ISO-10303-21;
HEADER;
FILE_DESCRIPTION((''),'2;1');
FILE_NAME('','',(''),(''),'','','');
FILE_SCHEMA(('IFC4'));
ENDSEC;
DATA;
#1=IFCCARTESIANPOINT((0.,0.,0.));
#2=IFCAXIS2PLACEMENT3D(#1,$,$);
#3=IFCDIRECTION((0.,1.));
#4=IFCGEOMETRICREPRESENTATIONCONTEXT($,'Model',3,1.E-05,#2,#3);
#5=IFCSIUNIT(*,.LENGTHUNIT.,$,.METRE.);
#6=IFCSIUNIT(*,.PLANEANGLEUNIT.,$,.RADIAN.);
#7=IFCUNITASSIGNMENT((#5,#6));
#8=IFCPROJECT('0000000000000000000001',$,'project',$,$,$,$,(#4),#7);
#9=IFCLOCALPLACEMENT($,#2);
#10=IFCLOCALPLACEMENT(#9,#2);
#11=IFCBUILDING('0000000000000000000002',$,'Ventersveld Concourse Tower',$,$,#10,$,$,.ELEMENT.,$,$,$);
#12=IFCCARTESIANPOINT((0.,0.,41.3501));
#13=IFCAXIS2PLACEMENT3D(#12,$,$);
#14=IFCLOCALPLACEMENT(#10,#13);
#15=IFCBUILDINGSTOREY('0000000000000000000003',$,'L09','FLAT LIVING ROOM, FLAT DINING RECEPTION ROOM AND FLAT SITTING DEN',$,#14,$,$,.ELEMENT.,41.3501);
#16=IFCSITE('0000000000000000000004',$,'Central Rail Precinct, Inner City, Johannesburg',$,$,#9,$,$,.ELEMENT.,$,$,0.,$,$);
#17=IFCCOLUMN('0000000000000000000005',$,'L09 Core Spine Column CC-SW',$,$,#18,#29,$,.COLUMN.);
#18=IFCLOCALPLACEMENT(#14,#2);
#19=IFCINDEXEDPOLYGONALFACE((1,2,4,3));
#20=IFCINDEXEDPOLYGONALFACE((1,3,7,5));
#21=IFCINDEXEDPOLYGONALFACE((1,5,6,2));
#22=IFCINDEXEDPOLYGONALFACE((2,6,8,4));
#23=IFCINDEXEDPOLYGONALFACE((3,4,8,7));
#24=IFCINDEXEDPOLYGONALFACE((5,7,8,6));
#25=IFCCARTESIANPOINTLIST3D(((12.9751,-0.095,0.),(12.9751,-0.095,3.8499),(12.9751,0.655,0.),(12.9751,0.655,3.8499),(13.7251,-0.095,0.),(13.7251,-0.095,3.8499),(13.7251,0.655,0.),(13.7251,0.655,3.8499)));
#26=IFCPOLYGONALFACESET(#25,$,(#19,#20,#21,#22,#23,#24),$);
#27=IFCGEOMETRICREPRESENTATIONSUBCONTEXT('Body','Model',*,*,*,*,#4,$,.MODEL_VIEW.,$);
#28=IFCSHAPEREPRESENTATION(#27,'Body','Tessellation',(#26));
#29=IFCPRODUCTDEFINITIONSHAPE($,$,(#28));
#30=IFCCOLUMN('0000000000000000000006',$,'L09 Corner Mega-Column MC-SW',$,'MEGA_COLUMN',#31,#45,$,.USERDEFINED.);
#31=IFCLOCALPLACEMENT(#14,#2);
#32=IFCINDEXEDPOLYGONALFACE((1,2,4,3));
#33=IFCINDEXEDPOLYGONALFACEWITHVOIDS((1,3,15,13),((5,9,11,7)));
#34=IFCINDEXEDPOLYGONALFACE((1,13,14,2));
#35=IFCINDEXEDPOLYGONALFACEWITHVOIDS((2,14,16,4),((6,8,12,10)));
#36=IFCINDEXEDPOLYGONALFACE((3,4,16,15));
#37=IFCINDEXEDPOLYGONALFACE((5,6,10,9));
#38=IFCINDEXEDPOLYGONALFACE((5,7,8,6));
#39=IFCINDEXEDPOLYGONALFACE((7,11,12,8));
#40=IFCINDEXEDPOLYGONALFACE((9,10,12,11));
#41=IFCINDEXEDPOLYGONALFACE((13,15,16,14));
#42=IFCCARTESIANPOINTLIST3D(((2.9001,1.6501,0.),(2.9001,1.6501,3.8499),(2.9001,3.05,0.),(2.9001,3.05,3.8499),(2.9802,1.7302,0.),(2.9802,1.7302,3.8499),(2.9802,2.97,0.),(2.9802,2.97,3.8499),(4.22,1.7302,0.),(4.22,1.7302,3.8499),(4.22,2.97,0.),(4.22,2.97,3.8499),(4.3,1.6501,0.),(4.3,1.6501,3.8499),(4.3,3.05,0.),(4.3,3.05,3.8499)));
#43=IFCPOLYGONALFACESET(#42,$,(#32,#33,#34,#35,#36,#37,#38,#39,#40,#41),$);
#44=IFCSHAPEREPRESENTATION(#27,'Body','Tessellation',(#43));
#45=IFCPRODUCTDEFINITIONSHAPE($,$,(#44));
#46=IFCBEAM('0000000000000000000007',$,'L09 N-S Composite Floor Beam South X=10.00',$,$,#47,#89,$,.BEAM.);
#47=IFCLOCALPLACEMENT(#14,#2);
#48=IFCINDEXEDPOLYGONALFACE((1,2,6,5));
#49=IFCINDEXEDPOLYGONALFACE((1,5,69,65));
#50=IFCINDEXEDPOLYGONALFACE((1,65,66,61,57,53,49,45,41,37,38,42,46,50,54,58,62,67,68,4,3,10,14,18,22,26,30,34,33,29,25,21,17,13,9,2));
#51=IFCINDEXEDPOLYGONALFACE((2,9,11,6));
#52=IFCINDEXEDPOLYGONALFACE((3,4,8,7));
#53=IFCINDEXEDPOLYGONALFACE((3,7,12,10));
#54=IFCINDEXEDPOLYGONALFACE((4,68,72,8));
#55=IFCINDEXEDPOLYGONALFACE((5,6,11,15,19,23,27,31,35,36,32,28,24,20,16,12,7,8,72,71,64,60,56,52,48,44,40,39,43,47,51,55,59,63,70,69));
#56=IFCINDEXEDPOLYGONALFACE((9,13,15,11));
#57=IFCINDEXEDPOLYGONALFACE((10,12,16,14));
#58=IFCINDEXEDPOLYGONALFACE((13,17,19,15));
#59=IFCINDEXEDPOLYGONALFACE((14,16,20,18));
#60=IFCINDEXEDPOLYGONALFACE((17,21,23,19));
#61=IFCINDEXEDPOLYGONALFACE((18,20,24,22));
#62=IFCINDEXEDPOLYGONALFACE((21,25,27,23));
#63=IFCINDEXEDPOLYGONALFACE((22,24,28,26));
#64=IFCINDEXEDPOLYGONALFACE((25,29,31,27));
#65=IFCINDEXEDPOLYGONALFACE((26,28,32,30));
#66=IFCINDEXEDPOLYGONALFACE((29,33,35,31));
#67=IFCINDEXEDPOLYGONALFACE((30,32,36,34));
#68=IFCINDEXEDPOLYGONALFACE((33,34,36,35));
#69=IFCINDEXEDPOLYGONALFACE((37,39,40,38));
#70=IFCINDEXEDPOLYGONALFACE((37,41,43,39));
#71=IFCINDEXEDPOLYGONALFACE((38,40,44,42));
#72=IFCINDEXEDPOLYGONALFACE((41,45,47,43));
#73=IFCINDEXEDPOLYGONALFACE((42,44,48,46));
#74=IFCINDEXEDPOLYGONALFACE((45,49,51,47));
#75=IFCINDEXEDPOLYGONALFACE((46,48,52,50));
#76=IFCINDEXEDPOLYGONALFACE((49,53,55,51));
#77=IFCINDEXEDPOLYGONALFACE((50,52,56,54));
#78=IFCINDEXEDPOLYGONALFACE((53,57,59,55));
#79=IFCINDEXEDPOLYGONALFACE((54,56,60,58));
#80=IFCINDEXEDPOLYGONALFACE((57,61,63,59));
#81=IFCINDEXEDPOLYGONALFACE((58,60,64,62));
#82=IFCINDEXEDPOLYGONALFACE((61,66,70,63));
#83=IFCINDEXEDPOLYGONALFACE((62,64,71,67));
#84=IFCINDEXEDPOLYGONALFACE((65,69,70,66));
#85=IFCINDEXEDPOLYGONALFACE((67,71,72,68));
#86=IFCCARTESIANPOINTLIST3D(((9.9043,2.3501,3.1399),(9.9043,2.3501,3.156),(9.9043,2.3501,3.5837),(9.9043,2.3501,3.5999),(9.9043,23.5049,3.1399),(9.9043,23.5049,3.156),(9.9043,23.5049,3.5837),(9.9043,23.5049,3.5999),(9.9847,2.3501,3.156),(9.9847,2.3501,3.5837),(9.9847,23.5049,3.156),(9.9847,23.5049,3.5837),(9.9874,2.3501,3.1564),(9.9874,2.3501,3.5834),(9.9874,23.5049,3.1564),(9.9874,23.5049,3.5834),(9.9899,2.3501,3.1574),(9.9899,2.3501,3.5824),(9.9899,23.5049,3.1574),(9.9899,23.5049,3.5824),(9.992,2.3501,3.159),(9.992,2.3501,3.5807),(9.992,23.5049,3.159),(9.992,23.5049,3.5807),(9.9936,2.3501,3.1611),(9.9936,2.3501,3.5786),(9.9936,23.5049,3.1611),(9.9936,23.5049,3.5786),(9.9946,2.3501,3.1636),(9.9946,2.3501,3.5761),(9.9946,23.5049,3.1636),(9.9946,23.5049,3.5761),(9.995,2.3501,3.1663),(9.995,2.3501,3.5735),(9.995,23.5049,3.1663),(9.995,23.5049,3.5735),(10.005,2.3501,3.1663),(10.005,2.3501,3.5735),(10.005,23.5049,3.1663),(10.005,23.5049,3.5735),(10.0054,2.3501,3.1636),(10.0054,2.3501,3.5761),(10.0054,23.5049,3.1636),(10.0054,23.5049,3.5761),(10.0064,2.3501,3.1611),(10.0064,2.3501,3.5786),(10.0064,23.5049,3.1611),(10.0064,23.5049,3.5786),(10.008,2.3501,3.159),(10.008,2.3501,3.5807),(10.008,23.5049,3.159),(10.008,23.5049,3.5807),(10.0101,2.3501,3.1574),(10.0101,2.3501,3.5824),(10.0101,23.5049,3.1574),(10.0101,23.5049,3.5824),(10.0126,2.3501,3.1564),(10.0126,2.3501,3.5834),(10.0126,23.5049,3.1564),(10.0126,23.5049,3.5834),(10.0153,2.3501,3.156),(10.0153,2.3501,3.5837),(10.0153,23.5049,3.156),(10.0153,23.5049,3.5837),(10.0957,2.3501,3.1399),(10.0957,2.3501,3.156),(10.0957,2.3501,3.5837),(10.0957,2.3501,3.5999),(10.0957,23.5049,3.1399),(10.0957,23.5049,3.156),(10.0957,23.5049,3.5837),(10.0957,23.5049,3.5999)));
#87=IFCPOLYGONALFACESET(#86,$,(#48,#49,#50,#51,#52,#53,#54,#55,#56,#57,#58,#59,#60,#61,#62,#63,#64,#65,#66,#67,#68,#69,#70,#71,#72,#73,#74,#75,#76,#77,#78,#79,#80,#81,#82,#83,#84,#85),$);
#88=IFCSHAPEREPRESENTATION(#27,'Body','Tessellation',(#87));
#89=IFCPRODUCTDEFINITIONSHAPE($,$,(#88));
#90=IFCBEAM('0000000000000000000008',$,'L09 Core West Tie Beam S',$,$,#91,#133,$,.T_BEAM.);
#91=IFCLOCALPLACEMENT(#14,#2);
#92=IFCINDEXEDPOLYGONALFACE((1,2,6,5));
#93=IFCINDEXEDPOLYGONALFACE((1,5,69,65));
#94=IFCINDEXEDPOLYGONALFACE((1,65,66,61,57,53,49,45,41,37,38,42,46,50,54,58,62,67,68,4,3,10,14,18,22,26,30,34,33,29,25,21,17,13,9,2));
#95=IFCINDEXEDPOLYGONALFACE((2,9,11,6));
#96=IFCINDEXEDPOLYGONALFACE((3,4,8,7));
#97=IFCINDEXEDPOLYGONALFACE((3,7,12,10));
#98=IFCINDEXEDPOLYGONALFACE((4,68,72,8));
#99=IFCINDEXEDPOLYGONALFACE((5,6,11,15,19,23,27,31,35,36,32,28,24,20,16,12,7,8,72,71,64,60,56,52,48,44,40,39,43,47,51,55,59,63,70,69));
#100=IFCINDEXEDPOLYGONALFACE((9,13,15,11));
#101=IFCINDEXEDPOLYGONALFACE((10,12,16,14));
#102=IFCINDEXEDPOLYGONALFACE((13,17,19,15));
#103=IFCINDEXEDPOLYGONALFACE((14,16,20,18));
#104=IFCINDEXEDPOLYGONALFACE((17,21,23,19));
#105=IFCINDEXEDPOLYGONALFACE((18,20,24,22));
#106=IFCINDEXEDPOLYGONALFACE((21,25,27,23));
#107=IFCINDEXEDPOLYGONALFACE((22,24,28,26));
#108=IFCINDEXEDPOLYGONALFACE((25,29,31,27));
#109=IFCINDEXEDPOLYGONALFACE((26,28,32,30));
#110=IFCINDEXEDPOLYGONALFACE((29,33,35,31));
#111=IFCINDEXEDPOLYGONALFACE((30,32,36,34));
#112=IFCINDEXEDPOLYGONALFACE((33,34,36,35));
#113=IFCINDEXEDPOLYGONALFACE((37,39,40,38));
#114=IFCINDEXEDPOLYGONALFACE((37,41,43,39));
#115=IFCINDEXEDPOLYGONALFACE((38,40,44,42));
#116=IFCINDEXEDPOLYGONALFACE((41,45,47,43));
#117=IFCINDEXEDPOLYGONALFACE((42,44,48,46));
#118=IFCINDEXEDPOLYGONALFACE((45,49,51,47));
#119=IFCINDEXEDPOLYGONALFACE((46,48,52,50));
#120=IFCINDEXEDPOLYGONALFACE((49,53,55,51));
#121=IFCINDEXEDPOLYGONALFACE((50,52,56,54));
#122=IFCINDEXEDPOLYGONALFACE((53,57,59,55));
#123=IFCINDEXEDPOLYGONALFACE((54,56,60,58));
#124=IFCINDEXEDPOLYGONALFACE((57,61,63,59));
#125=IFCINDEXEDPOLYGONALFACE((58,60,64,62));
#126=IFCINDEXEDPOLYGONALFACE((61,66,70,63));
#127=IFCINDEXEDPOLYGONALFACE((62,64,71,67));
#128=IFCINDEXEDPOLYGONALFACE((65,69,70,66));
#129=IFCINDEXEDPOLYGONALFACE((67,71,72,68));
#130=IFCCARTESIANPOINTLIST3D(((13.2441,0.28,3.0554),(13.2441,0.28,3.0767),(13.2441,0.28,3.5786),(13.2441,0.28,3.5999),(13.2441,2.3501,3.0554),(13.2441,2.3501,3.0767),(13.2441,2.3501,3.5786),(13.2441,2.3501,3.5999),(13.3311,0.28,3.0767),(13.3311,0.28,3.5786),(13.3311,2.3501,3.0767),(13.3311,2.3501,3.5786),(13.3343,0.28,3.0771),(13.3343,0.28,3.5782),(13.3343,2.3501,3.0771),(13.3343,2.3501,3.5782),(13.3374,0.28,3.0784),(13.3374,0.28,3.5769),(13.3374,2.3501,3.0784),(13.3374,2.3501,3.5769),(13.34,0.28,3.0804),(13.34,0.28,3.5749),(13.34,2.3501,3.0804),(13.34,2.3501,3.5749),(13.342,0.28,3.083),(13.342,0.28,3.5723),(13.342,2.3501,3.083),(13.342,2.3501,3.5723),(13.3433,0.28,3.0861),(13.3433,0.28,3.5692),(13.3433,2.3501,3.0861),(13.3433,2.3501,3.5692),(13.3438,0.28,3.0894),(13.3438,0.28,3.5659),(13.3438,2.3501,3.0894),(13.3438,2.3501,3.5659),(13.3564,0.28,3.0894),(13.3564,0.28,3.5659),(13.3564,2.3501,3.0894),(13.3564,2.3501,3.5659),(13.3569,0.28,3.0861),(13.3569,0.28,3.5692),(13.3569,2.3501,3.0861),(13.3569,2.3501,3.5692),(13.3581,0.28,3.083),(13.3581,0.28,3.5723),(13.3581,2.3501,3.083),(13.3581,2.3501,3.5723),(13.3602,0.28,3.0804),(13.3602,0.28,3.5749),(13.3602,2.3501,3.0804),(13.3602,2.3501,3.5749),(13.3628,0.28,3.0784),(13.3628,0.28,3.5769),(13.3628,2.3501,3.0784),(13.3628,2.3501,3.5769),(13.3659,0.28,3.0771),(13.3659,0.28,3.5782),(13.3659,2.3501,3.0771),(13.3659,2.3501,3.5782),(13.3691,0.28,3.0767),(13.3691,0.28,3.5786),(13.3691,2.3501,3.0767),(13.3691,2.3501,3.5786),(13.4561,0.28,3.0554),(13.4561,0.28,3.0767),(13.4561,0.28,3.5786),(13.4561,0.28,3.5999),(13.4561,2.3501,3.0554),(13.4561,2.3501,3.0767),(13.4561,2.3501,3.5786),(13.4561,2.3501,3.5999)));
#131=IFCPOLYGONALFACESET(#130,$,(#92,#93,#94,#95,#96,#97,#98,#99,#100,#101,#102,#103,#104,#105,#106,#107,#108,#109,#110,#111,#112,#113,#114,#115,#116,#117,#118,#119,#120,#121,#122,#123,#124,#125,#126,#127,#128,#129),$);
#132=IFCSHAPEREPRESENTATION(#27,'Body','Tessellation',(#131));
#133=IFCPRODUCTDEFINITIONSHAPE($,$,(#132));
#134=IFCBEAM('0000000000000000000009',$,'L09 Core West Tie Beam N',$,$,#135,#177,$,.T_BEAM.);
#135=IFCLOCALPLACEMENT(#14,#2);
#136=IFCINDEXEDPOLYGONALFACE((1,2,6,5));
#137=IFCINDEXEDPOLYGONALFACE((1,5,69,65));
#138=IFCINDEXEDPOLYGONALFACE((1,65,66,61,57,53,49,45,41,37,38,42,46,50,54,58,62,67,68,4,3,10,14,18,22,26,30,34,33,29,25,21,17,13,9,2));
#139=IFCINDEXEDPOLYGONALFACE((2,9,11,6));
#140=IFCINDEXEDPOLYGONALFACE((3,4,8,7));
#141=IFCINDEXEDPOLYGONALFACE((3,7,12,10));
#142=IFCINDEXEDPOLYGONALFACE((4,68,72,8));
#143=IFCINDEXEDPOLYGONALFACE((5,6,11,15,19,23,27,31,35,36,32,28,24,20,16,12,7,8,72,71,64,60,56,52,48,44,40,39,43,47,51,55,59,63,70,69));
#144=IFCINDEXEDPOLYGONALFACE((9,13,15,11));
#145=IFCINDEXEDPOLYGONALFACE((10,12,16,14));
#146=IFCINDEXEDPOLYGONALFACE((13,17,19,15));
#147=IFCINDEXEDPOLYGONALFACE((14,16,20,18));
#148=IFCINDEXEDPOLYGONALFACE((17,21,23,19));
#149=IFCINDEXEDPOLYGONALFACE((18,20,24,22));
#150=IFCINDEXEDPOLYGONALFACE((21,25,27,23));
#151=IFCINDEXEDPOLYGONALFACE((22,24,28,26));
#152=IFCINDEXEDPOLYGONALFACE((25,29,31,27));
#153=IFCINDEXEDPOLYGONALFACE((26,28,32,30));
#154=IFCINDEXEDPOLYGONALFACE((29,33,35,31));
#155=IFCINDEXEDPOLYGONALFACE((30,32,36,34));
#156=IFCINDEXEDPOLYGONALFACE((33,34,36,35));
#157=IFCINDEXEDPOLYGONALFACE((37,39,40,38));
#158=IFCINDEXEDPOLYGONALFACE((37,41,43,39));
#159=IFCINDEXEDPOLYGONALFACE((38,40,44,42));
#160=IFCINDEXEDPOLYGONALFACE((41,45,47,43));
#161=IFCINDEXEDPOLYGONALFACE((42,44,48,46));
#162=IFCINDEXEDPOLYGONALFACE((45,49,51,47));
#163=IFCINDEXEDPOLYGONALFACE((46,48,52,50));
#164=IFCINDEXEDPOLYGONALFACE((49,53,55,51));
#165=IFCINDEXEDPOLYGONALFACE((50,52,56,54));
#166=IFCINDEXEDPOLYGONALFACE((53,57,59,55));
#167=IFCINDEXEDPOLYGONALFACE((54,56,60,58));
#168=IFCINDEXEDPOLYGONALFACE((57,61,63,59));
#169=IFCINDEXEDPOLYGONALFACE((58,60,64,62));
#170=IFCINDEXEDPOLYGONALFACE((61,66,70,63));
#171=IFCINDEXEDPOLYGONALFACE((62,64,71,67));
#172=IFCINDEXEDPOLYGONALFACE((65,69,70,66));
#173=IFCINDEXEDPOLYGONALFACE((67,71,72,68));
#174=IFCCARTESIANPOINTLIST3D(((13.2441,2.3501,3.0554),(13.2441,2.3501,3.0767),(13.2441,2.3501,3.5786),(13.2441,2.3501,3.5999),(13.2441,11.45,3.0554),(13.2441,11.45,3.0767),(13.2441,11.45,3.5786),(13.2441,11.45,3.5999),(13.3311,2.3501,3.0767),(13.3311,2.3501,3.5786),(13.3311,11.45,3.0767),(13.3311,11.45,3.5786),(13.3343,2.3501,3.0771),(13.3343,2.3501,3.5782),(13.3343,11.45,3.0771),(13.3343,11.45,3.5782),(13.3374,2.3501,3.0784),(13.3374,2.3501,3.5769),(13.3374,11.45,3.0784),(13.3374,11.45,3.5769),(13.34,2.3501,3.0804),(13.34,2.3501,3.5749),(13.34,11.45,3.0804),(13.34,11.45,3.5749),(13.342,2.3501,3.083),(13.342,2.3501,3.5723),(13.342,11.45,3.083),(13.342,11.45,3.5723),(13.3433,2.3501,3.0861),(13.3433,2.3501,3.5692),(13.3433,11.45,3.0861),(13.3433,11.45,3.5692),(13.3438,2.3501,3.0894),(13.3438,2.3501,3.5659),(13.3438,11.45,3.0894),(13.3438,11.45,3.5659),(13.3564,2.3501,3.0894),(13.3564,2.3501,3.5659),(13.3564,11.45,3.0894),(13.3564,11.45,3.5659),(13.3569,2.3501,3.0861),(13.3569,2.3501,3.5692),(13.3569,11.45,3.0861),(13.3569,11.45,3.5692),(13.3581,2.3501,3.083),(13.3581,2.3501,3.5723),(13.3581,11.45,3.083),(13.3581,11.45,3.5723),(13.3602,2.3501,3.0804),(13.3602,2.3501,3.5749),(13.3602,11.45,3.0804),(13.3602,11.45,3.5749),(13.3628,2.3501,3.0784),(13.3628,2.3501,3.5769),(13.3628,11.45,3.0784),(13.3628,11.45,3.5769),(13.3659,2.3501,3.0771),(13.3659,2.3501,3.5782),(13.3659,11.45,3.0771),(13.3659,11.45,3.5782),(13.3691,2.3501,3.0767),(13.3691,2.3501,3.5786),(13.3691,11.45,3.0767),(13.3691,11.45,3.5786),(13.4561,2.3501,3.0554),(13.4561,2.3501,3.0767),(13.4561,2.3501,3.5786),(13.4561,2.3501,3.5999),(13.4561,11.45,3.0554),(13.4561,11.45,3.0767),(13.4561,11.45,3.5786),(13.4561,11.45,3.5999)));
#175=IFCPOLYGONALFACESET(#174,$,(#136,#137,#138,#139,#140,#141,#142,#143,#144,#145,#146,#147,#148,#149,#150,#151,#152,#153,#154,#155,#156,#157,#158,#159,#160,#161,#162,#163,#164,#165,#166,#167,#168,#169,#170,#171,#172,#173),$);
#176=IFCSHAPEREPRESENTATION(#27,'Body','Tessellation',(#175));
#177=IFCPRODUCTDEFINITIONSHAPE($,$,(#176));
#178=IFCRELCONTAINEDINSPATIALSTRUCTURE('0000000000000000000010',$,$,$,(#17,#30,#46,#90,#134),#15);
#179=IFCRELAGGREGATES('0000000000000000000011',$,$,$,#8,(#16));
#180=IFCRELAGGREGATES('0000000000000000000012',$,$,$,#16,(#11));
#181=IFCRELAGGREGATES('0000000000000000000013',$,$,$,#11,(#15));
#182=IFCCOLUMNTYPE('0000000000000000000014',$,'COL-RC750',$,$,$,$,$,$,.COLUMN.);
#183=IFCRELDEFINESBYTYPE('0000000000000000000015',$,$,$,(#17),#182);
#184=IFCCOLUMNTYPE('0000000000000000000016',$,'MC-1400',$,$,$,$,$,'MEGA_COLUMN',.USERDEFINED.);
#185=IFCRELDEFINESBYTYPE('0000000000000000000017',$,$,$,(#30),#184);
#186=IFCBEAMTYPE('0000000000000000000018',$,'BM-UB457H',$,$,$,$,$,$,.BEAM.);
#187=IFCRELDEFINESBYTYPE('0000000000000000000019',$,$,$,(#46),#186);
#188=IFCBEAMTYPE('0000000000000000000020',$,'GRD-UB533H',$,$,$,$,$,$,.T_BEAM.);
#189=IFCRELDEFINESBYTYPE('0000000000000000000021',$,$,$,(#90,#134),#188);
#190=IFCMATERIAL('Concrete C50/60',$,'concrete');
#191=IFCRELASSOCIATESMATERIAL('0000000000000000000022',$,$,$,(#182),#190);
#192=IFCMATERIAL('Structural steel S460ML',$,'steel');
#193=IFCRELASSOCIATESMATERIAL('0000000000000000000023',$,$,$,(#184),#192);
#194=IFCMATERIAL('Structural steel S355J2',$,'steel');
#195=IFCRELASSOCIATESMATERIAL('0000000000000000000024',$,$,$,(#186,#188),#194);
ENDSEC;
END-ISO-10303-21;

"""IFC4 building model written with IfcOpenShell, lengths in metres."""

from ifc_helpers import new_model, si_unit, direction, frame, origin, origin_2d, place, context, subcontext, project, spatial, rectangle, hollow_rectangle, i_section, extrude, material, material_profile, profile_set, type_object, element, save


model = new_model("IFC4")

# Units and contexts
model_context = context("Model", 3, precision=1e-05, world=origin(), true_north=direction((0.0, 1.0)))
body_context = subcontext(model_context, "Body", "Model", "MODEL_VIEW")
ifc_project = project(units=[si_unit("LENGTHUNIT", "METRE"), si_unit("PLANEANGLEUNIT", "RADIAN")], contexts=[model_context])

# Site, building, storey
site_placement = place(None, origin())
site = spatial("IfcSite", under=ifc_project, at=site_placement, Name="Central Rail Precinct, Inner City, Johannesburg", CompositionType="ELEMENT", RefElevation=0.0)
building_placement = place(site_placement, origin())
building = spatial("IfcBuilding", under=site, at=building_placement, Name="Ventersveld Concourse Tower", CompositionType="ELEMENT")
storey_placement = place(building_placement, frame((0.0, 0.0, 41.3501)))
storey = spatial("IfcBuildingStorey", under=building, at=storey_placement, Name="L09", Description="FLAT LIVING ROOM, FLAT DINING RECEPTION ROOM AND FLAT SITTING DEN", CompositionType="ELEMENT", Elevation=41.3501)

# Columns
ifc_material_1 = material(Name="Concrete C50/60", Category="concrete")
ifc_material_profile_1 = material_profile(ifc_material_1, rectangle(XDim=0.75, YDim=0.75, at=origin_2d()), Name="RC 750x750")
ifc_profile_set_1 = profile_set([ifc_material_profile_1], Name="Concrete C50/60")
column_type_1 = type_object("IfcColumnType", Name="COL-RC750", PredefinedType="COLUMN", material=ifc_profile_set_1)
column_1_placement = place(storey_placement, frame((13.3501, 0.28, 0.0), z_axis=(0.0, 0.0, 1.0), x_axis=(1.0, 0.0, 0.0)))
element("IfcColumn", 1, at=column_1_placement, inside=storey, type_object=column_type_1, Name="L09 Core Spine Column CC-SW", PredefinedType="COLUMN", context=body_context, shape_type="SweptSolid", body=[
    extrude(rectangle(XDim=0.75, YDim=0.75, at=origin_2d()), origin(), (0.0, 0.0, 1.0), 3.8499),
])
ifc_material_2 = material(Name="Structural steel S460ML", Category="steel")
ifc_material_profile_2 = material_profile(ifc_material_2, hollow_rectangle(XDim=1.3999, YDim=1.3999, WallThickness=0.0801, at=origin_2d()), Name="BOX 1400x1400x80")
ifc_profile_set_2 = profile_set([ifc_material_profile_2], Name="Structural steel S460ML")
column_type_2 = type_object("IfcColumnType", Name="MC-1400", ElementType="MEGA_COLUMN", PredefinedType="USERDEFINED", material=ifc_profile_set_2)
column_2_placement = place(storey_placement, frame((3.6001, 2.3501, 0.0), z_axis=(0.0, 0.0, 1.0), x_axis=(1.0, 0.0, 0.0)))
element("IfcColumn", 2, at=column_2_placement, inside=storey, type_object=column_type_2, Name="L09 Corner Mega-Column MC-SW", ObjectType="MEGA_COLUMN", PredefinedType="USERDEFINED", context=body_context, shape_type="SweptSolid", body=[
    extrude(hollow_rectangle(XDim=1.3999, YDim=1.3999, WallThickness=0.0801, at=origin_2d()), origin(), (0.0, 0.0, 1.0), 3.8499),
])

# Beams
ifc_material_3 = material(Name="Structural steel S355J2", Category="steel")
ifc_material_profile_3 = material_profile(ifc_material_3, i_section(OverallWidth=0.1914, OverallDepth=0.46, WebThickness=0.01, FlangeThickness=0.0161, FilletRadius=0.0103, at=origin_2d()), Name="UB 457x191x82")
ifc_profile_set_3 = profile_set([ifc_material_profile_3], Name="Structural steel S355J2")
beam_type_1 = type_object("IfcBeamType", Name="BM-UB457H", PredefinedType="BEAM", material=ifc_profile_set_3)
beam_1_placement = place(storey_placement, frame((10.0, 2.3501, 3.3699), z_axis=(0.0, 1.0, 0.0), x_axis=(-1.0, 0.0, 0.0)))
element("IfcBeam", 3, at=beam_1_placement, inside=storey, type_object=beam_type_1, Name="L09 N-S Composite Floor Beam South X=10.00", PredefinedType="BEAM", context=body_context, shape_type="SweptSolid", body=[
    extrude(i_section(OverallWidth=0.1914, OverallDepth=0.46, WebThickness=0.01, FlangeThickness=0.0161, FilletRadius=0.0103, at=origin_2d()), origin(), (0.0, 0.0, 1.0), 21.1548),
])
ifc_material_profile_4 = material_profile(ifc_material_3, i_section(OverallWidth=0.2119, OverallDepth=0.5444, WebThickness=0.0127, FlangeThickness=0.0212, FilletRadius=0.0127, at=origin_2d()), Name="UB 533x210x122")
ifc_profile_set_4 = profile_set([ifc_material_profile_4], Name="Structural steel S355J2")
beam_type_2 = type_object("IfcBeamType", Name="GRD-UB533H", PredefinedType="T_BEAM", material=ifc_profile_set_4)
beam_2_placement = place(storey_placement, frame((13.3501, 0.28, 3.3276), z_axis=(0.0, 1.0, 0.0), x_axis=(-1.0, 0.0, 0.0)))
element("IfcBeam", 4, at=beam_2_placement, inside=storey, type_object=beam_type_2, Name="L09 Core West Tie Beam S", PredefinedType="T_BEAM", context=body_context, shape_type="SweptSolid", body=[
    extrude(i_section(OverallWidth=0.2119, OverallDepth=0.5444, WebThickness=0.0127, FlangeThickness=0.0212, FilletRadius=0.0127, at=origin_2d()), origin(), (0.0, 0.0, 1.0), 2.0701),
])
beam_3_placement = place(storey_placement, frame((13.3501, 2.3501, 3.3276), z_axis=(0.0, 1.0, 0.0), x_axis=(-1.0, 0.0, 0.0)))
element("IfcBeam", 5, at=beam_3_placement, inside=storey, type_object=beam_type_2, Name="L09 Core West Tie Beam N", PredefinedType="T_BEAM", context=body_context, shape_type="SweptSolid", body=[
    extrude(i_section(OverallWidth=0.2119, OverallDepth=0.5444, WebThickness=0.0127, FlangeThickness=0.0212, FilletRadius=0.0127, at=origin_2d()), origin(), (0.0, 0.0, 1.0), 9.0999),
])

save(model, "model.ifc")
